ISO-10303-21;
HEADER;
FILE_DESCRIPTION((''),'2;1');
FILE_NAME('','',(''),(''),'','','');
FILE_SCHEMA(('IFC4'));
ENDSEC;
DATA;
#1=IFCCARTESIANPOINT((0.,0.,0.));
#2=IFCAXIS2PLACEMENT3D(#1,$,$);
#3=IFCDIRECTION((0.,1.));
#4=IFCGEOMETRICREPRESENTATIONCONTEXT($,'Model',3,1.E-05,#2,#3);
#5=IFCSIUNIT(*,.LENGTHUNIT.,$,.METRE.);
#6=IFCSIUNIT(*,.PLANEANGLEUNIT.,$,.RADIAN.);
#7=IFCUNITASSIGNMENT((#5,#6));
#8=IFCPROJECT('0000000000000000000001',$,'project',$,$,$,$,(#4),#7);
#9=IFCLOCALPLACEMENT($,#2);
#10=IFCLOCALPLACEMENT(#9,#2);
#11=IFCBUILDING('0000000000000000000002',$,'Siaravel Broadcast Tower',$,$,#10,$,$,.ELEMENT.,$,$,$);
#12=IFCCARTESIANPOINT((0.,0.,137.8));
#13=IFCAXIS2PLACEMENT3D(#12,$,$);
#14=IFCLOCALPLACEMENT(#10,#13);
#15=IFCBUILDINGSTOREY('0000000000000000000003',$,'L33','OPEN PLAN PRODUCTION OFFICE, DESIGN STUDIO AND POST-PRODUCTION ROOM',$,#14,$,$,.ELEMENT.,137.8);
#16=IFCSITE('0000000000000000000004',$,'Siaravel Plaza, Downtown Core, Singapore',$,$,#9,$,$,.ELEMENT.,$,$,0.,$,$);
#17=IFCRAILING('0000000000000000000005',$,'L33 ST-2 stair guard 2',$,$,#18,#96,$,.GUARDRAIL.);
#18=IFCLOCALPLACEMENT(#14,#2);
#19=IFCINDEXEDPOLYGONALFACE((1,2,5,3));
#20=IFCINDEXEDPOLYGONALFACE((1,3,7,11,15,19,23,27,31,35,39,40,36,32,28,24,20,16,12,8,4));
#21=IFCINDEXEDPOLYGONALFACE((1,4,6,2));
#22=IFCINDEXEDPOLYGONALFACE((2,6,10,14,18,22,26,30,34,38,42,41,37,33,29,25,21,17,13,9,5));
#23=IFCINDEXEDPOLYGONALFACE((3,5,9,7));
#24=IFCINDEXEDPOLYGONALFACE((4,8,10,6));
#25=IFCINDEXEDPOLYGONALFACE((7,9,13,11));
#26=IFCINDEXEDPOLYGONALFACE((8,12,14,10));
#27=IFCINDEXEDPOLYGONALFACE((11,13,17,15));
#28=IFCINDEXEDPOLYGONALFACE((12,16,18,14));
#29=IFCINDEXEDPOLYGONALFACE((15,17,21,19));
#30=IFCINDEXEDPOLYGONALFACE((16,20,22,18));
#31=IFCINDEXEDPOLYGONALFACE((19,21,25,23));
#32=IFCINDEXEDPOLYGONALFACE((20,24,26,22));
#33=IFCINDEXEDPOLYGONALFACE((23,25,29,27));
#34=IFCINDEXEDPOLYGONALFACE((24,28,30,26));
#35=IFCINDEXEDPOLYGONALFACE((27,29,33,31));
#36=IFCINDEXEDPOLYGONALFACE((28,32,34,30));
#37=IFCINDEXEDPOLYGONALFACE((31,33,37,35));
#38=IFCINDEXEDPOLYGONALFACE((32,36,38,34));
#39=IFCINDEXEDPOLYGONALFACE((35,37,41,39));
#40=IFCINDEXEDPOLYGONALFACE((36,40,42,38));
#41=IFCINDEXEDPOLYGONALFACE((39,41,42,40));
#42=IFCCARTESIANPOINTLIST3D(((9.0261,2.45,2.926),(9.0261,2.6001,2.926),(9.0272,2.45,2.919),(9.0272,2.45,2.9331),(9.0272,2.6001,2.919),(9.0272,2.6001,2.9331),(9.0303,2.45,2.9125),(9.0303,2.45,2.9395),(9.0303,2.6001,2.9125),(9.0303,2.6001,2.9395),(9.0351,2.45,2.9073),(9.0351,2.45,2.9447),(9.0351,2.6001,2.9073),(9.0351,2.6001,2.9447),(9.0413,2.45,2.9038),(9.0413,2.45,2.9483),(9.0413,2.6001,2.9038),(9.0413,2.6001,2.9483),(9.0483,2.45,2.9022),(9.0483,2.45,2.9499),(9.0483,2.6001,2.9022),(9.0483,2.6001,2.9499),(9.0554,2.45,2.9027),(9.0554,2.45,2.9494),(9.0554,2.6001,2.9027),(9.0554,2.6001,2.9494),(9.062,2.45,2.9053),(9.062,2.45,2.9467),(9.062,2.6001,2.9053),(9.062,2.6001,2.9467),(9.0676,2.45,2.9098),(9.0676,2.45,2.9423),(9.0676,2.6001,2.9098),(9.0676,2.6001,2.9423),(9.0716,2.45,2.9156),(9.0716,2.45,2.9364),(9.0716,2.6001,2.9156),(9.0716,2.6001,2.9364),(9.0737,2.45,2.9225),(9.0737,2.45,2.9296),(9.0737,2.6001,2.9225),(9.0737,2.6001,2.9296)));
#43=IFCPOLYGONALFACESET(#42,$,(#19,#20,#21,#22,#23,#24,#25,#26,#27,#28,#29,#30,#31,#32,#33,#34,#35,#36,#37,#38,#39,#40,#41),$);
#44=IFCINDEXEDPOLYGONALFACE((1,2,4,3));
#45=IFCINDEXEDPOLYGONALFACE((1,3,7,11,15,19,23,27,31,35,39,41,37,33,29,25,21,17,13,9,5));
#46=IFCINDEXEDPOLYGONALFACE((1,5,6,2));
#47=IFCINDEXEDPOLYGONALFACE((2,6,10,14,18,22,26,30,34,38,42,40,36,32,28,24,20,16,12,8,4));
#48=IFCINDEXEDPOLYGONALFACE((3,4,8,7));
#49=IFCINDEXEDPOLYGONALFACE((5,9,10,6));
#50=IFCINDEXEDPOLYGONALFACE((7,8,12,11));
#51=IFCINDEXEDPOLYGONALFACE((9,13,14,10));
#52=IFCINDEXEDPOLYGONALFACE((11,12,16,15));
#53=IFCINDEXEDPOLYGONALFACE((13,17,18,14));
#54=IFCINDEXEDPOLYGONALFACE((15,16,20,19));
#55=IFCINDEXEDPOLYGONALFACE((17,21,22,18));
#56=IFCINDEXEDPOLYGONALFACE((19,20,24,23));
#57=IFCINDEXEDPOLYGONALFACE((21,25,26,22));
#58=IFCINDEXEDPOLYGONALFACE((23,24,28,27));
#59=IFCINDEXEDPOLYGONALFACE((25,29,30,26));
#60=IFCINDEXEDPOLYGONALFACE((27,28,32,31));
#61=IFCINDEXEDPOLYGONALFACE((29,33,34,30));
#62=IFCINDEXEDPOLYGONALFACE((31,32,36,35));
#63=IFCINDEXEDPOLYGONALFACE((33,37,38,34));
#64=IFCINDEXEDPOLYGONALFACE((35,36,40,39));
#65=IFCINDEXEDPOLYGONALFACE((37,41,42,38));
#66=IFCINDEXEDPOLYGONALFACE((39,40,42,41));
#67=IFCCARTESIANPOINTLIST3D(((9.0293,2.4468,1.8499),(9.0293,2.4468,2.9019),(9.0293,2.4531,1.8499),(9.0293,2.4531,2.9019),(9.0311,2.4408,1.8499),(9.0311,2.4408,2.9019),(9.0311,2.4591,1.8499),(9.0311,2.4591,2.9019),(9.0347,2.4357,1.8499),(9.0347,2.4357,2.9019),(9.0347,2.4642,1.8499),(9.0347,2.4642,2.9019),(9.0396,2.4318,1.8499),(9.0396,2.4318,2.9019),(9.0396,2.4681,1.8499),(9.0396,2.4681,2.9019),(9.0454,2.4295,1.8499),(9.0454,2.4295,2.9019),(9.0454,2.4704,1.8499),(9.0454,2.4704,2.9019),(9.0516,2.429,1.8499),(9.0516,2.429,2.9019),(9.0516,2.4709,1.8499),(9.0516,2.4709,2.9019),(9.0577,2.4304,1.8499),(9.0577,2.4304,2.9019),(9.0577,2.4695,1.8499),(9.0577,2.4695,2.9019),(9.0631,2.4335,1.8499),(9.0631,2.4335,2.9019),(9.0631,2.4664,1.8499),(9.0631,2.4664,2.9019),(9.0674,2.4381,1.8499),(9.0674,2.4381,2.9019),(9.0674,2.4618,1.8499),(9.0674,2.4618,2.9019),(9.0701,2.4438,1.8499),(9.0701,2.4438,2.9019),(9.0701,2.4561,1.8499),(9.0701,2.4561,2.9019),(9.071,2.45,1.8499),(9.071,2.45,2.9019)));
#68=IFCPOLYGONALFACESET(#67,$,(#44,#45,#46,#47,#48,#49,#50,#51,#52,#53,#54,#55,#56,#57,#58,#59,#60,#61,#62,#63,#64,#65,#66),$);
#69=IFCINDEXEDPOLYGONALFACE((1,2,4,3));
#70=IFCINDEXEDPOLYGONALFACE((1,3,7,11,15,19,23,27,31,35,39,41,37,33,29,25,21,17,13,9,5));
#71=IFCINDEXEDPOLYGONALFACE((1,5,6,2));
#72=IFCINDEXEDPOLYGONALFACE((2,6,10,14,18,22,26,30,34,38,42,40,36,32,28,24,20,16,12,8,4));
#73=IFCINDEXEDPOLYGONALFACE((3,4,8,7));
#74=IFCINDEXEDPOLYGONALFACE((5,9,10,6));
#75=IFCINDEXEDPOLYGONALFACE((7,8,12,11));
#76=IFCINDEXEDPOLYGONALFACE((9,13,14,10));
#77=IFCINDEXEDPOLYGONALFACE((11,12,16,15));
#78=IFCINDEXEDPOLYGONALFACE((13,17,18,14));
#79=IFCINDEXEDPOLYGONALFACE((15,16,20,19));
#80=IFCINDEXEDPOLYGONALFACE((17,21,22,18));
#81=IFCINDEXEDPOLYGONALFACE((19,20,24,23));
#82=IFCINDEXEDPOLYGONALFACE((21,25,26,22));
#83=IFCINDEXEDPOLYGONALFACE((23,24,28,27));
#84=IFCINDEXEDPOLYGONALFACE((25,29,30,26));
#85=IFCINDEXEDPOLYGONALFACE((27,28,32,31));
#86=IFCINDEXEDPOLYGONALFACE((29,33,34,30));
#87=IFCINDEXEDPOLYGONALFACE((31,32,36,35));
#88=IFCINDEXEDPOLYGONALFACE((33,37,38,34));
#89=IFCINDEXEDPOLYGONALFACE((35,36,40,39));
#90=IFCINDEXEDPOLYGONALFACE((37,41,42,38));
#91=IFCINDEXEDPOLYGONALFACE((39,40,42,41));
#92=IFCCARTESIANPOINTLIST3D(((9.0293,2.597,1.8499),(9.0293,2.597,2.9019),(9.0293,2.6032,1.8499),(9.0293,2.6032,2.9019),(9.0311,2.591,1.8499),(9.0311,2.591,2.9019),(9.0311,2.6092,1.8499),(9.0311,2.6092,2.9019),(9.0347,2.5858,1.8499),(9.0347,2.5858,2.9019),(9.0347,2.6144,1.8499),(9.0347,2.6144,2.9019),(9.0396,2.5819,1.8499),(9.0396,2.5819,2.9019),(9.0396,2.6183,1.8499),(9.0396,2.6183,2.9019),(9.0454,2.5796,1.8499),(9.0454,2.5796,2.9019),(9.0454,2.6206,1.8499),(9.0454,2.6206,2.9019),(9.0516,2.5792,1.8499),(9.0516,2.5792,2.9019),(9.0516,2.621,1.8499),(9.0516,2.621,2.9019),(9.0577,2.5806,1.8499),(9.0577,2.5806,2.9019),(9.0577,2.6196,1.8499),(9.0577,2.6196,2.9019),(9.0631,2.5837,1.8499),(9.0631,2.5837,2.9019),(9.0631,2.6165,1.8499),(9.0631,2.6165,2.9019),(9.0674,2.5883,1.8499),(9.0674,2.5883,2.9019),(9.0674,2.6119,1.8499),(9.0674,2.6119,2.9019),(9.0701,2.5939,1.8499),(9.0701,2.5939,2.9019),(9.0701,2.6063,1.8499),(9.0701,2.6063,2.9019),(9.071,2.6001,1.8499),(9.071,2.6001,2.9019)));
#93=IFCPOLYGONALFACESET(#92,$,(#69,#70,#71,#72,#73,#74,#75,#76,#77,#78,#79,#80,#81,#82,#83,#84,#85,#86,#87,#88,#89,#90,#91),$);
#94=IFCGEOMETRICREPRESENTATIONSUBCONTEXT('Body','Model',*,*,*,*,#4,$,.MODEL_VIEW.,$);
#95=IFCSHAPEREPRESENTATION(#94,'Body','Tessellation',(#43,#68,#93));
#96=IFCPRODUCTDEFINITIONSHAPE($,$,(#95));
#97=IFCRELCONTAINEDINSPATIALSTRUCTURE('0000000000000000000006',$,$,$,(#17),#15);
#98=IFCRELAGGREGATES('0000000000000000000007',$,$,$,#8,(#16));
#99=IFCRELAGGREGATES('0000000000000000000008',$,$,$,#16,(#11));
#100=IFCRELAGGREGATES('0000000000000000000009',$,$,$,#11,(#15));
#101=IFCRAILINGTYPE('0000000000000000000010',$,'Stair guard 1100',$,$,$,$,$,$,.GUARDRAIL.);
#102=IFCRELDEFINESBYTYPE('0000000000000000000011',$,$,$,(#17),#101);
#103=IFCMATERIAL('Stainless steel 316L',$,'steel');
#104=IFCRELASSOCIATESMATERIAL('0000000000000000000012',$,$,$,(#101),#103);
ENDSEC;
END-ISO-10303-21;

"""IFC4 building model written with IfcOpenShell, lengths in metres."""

from ifc_helpers import new_model, si_unit, direction, frame, origin, origin_2d, place, context, subcontext, project, spatial, circle, extrude, material, type_object, element, save


model = new_model("IFC4")

# Units and contexts
model_context = context("Model", 3, precision=1e-05, world=origin(), true_north=direction((0.0, 1.0)))
body_context = subcontext(model_context, "Body", "Model", "MODEL_VIEW")
ifc_project = project(units=[si_unit("LENGTHUNIT", "METRE"), si_unit("PLANEANGLEUNIT", "RADIAN")], contexts=[model_context])

# Site, building, storey
site_placement = place(None, origin())
site = spatial("IfcSite", under=ifc_project, at=site_placement, Name="Siaravel Plaza, Downtown Core, Singapore", CompositionType="ELEMENT", RefElevation=0.0)
building_placement = place(site_placement, origin())
building = spatial("IfcBuilding", under=site, at=building_placement, Name="Siaravel Broadcast Tower", CompositionType="ELEMENT")
storey_placement = place(building_placement, frame((0.0, 0.0, 137.8)))
storey = spatial("IfcBuildingStorey", under=building, at=storey_placement, Name="L33", Description="OPEN PLAN PRODUCTION OFFICE, DESIGN STUDIO AND POST-PRODUCTION ROOM", CompositionType="ELEMENT", Elevation=137.8)

# Railing
ifc_material_1 = material(Name="Stainless steel 316L", Category="steel")
railing_type_1 = type_object("IfcRailingType", Name="Stair guard 1100", PredefinedType="GUARDRAIL", material=ifc_material_1)
railing_1_placement = place(storey_placement, frame((9.05, 2.45, 1.8499)))
element("IfcRailing", 1, at=railing_1_placement, inside=storey, type_object=railing_type_1, Name="L33 ST-2 stair guard 2", PredefinedType="GUARDRAIL", context=body_context, shape_type="SweptSolid", body=[
    extrude(circle(Radius=0.0239, at=origin_2d()), frame((0.0, 0.0, 1.0762), z_axis=(0.0, 1.0, 0.0), x_axis=(-1.0, 0.0, 0.0)), (0.0, 0.0, 1.0), 0.1501),
    extrude(circle(Radius=0.021, at=origin_2d()), origin(), (0.0, 0.0, 1.0), 1.052),
    extrude(circle(Radius=0.021, at=origin_2d()), frame((0.0, 0.1501, 0.0)), (0.0, 0.0, 1.0), 1.052),
])

save(model, "model.ifc")
